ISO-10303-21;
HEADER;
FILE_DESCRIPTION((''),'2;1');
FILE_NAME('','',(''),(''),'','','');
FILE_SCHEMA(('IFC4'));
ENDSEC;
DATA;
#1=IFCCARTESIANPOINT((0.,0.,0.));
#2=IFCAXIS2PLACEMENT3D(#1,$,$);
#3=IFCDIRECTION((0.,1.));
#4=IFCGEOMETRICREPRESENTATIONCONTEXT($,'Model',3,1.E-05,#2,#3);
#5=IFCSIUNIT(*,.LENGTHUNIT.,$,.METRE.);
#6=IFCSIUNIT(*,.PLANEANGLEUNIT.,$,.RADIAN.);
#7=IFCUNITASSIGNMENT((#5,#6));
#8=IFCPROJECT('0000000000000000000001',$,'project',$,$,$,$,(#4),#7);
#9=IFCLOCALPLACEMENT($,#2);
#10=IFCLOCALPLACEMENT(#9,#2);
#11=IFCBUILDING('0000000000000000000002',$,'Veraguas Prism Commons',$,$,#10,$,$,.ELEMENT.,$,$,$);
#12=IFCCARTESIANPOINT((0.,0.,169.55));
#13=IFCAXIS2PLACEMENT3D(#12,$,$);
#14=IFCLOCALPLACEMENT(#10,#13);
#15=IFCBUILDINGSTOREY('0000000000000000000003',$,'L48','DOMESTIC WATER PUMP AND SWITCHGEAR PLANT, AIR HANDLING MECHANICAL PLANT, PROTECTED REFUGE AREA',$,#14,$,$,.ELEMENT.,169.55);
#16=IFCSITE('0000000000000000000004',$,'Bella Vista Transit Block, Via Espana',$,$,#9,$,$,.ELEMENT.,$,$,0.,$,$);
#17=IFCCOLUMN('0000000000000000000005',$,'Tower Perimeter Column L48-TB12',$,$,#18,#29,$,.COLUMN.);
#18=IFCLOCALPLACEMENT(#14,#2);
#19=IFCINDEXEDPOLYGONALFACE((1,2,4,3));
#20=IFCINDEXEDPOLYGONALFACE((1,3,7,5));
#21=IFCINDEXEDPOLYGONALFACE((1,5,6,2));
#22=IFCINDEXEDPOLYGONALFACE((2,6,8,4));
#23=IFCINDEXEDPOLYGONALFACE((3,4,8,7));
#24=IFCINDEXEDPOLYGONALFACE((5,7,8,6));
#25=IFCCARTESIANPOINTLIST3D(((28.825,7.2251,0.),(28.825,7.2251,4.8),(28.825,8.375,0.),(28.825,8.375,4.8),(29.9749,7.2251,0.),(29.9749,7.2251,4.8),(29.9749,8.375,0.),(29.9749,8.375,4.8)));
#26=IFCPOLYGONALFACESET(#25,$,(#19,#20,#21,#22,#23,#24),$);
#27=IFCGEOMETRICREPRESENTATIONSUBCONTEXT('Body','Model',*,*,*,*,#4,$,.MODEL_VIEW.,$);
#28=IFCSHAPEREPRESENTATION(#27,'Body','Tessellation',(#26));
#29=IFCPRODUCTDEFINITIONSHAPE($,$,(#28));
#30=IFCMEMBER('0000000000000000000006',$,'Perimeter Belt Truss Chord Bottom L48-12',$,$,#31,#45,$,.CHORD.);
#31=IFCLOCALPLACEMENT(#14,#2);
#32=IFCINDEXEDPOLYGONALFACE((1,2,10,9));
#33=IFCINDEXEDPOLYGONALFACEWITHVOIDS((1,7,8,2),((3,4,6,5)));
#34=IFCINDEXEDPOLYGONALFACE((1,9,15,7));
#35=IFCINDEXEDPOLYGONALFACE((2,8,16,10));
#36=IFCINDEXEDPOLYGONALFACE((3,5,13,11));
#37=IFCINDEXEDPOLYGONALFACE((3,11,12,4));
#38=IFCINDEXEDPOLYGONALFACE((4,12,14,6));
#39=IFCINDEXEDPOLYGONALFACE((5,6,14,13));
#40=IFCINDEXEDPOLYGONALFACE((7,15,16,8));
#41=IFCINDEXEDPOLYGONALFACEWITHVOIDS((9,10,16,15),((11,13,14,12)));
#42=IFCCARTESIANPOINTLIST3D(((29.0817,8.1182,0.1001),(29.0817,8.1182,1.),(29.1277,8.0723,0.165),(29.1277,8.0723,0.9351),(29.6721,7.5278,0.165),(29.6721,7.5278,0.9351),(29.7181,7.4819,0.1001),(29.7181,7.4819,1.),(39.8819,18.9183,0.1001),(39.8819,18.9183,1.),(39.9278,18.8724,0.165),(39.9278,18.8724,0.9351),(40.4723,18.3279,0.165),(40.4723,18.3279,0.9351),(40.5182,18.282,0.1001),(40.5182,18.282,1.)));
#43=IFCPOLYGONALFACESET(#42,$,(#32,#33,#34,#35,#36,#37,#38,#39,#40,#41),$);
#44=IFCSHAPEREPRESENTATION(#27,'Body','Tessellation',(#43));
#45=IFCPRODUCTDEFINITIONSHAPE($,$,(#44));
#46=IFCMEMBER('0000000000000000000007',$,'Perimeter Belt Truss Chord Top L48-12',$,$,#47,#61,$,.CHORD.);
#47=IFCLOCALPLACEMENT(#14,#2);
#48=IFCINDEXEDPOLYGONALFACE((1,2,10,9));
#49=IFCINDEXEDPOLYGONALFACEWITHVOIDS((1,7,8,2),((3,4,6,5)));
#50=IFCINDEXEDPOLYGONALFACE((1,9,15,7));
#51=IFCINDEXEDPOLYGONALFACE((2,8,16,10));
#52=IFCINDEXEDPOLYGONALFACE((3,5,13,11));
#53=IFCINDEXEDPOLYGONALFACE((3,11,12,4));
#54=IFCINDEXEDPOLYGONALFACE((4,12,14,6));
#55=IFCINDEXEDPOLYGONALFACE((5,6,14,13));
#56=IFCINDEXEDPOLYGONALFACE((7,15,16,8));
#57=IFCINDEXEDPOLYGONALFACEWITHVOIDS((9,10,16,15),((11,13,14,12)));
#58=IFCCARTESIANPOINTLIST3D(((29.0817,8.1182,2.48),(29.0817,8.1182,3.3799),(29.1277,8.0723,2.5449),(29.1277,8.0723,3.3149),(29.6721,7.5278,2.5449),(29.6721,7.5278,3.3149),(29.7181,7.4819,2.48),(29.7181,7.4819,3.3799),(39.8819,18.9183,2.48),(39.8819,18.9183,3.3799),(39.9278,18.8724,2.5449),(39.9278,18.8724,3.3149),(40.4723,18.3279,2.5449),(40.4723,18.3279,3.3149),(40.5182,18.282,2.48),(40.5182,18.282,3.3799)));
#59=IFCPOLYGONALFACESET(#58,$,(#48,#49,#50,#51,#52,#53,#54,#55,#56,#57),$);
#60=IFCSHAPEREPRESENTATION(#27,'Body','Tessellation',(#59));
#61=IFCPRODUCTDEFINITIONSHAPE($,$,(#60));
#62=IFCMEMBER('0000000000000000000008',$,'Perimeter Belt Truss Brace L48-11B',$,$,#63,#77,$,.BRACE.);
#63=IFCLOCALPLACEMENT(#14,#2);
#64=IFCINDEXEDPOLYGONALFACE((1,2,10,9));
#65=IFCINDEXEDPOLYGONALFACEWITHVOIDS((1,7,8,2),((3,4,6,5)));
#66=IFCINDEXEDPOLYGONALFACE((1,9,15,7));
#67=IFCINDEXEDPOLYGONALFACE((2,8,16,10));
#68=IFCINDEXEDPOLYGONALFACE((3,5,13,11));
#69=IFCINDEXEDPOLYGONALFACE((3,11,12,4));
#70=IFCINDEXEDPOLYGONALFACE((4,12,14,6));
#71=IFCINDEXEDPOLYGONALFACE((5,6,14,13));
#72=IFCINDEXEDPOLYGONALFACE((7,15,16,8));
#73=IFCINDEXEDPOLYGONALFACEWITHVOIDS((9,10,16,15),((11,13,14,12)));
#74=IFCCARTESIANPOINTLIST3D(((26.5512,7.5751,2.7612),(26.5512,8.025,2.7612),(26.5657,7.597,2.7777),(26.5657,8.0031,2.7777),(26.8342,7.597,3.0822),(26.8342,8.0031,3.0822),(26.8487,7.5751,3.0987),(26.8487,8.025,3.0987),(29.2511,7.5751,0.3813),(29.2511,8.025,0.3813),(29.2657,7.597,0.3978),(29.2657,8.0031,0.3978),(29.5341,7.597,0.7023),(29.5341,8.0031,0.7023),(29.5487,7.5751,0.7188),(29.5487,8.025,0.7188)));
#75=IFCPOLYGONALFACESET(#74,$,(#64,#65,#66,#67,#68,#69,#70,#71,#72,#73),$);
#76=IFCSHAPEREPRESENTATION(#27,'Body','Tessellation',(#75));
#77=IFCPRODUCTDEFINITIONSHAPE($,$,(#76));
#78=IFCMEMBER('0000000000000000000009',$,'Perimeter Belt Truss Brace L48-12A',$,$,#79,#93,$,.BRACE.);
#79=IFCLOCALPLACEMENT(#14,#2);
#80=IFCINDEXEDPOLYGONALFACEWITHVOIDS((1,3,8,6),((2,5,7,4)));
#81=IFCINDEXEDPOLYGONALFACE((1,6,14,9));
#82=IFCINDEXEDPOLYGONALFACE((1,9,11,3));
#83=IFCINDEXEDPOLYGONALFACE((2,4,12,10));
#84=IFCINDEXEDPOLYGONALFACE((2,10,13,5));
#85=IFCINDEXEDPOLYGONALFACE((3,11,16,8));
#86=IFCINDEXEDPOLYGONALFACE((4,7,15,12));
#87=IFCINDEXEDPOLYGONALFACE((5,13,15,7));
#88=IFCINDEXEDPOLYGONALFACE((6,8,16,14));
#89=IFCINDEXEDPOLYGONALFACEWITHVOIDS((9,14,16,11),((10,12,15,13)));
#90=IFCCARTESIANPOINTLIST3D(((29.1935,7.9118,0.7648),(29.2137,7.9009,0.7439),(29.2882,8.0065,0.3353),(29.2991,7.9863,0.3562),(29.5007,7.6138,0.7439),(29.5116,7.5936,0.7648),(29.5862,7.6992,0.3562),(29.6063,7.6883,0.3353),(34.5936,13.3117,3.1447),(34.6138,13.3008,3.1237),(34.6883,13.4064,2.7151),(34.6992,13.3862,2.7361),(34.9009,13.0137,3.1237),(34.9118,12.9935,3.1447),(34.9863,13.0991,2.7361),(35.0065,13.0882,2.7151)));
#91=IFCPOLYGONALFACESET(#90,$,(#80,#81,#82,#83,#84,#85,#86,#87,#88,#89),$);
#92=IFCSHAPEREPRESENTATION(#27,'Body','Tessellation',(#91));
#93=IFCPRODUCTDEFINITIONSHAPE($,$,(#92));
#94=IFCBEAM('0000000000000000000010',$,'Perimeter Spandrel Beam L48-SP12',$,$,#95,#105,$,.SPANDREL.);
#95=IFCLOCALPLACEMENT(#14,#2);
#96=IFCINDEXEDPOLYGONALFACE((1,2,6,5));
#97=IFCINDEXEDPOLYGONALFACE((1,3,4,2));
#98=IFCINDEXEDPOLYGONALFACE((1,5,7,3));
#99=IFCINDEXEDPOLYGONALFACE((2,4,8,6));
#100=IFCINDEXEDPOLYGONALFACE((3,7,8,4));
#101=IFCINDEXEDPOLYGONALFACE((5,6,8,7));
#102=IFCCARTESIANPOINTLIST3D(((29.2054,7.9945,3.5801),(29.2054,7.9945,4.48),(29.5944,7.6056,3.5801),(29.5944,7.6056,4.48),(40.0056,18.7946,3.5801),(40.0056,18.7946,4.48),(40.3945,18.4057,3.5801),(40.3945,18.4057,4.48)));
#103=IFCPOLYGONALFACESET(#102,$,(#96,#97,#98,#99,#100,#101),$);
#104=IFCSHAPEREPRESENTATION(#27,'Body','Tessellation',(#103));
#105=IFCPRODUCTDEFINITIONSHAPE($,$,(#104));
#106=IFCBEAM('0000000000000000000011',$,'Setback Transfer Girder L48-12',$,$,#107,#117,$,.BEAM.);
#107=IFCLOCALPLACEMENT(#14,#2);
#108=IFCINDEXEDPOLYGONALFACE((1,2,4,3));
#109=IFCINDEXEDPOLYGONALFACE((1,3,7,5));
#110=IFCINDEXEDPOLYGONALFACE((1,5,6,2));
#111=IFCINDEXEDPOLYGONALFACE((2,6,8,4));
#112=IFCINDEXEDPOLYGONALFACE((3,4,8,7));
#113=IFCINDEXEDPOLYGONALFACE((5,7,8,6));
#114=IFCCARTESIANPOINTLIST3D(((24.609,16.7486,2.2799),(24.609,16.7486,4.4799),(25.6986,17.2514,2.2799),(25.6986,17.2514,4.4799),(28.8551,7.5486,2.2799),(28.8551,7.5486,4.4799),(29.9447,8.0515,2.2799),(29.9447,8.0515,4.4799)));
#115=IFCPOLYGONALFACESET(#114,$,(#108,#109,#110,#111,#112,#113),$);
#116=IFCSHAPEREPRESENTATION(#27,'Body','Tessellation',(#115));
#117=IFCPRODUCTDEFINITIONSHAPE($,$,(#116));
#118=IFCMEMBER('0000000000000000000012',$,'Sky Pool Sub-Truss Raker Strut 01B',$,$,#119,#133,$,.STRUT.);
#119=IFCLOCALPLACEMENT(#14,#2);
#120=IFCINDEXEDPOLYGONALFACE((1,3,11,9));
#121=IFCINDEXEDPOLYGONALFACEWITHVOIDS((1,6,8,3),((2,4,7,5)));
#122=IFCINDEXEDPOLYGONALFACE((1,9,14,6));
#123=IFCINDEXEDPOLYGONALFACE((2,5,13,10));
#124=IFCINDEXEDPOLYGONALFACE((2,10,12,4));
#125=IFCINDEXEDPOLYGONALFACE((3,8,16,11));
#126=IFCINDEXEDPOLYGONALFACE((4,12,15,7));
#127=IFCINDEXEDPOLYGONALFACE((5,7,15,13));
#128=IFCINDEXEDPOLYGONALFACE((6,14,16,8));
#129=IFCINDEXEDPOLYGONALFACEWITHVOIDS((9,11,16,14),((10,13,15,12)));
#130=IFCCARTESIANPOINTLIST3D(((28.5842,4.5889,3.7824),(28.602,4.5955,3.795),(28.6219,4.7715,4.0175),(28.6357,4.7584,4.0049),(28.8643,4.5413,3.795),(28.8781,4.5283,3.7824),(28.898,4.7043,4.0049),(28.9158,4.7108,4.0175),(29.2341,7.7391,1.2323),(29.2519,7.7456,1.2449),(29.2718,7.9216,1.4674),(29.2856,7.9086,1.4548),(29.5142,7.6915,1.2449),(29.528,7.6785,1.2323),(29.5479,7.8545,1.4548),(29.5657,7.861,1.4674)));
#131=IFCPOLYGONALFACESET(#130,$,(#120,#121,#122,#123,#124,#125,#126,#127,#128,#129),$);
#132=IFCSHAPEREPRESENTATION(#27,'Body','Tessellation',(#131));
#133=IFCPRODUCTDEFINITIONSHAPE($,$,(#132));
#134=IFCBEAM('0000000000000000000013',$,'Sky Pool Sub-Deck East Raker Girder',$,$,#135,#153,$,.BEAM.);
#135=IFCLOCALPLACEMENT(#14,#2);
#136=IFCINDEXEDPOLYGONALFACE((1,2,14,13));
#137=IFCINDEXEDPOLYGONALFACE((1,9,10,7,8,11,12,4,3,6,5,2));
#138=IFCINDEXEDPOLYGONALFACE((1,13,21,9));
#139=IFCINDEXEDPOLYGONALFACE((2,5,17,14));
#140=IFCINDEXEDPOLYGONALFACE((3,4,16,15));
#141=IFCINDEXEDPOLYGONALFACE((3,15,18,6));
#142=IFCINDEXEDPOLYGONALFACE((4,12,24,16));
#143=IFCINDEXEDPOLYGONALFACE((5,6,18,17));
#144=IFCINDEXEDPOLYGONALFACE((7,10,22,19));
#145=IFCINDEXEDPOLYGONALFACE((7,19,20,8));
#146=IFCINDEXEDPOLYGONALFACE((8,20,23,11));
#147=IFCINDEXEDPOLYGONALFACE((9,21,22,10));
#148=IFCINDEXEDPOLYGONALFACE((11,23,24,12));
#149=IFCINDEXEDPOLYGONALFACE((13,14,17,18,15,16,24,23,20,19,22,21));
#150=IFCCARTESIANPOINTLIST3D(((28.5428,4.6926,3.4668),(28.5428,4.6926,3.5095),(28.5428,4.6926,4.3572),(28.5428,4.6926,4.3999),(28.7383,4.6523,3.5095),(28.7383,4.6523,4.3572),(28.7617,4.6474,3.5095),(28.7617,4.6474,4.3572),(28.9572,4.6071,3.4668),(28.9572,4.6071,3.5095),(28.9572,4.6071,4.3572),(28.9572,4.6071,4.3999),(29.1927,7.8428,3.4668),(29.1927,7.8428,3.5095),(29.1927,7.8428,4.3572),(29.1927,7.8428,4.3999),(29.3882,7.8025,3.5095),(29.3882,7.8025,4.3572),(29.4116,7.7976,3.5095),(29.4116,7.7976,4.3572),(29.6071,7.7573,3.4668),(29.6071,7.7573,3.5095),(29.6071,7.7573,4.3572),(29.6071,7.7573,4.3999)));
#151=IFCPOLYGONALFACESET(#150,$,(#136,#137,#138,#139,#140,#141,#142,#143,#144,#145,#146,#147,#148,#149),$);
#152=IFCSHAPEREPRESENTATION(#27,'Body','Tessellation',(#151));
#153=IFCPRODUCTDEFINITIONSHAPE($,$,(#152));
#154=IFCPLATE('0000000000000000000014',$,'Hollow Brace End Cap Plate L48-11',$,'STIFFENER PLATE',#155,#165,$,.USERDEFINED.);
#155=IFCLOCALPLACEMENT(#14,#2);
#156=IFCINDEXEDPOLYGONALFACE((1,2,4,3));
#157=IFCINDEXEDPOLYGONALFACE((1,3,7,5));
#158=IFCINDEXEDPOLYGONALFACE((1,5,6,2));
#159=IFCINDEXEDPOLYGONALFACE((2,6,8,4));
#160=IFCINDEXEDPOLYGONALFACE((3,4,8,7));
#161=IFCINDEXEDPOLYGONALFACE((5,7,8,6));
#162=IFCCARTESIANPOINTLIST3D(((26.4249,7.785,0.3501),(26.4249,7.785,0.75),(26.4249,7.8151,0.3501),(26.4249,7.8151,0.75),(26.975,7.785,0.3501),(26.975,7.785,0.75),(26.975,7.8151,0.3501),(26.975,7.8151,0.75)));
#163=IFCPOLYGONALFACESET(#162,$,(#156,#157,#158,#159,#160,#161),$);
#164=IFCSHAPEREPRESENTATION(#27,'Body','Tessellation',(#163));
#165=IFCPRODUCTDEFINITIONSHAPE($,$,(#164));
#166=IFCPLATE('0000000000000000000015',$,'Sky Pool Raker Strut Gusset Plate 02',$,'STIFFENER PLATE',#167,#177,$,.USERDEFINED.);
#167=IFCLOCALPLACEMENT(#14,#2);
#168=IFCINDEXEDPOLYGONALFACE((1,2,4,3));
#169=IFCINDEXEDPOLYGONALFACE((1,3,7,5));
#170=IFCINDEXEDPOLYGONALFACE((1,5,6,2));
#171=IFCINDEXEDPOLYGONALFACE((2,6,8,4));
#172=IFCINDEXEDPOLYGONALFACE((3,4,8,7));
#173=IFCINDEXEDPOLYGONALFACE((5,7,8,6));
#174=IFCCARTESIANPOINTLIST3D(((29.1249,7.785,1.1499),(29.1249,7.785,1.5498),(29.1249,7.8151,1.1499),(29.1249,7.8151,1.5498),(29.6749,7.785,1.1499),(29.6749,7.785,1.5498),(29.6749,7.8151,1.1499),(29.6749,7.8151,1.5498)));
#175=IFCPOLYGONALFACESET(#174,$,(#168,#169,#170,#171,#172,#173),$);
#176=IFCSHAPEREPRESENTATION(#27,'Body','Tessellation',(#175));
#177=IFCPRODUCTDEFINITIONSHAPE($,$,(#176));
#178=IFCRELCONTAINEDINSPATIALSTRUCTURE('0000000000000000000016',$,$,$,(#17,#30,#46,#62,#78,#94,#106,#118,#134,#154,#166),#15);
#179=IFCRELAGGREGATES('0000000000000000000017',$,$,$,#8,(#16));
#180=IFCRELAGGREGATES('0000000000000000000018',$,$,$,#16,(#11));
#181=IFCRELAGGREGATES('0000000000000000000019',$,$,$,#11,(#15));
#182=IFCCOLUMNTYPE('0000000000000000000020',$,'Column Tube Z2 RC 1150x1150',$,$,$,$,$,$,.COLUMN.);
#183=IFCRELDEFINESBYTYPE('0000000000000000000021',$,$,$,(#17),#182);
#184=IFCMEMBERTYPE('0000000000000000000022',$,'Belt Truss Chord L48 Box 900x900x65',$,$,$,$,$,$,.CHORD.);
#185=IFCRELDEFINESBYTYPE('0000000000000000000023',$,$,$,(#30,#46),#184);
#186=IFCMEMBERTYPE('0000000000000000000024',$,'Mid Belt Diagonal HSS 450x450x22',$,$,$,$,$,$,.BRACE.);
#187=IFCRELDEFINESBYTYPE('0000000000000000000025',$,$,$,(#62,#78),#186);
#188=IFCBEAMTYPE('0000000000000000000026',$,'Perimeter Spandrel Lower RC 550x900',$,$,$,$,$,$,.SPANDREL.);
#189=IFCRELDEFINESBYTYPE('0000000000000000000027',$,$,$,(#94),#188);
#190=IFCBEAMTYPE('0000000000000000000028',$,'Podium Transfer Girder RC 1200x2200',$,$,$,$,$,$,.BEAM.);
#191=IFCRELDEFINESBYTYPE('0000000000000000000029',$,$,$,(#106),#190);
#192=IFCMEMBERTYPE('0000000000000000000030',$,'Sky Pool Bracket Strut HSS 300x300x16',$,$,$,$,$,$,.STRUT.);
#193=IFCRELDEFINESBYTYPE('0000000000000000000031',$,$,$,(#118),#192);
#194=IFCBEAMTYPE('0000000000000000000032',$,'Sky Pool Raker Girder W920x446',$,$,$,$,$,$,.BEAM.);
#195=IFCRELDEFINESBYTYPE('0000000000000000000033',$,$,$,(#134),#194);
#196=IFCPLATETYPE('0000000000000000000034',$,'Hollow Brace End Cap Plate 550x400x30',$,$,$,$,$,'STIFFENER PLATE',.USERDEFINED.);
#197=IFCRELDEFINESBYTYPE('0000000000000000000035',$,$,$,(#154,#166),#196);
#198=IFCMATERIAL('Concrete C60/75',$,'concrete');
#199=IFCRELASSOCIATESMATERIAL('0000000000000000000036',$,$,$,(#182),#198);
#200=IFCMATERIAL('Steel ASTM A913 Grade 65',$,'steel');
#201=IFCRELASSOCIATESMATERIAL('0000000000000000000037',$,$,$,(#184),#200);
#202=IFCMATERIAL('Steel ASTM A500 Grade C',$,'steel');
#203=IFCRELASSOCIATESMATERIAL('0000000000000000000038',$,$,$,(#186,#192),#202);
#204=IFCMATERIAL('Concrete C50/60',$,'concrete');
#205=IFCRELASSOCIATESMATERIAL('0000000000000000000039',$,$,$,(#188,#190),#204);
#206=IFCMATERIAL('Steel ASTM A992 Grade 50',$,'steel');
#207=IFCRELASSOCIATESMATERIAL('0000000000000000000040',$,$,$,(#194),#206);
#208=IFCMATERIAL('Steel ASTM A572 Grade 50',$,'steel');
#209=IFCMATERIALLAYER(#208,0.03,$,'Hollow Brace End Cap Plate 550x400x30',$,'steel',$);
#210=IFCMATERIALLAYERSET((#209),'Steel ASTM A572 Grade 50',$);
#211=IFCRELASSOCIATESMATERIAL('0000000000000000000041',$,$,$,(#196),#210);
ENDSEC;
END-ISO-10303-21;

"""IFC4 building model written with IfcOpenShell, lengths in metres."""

from ifc_helpers import new_model, si_unit, direction, frame, origin, origin_2d, place, context, subcontext, project, spatial, rectangle, hollow_rectangle, i_section, extrude, source, transform, mapped, material, layer, layer_set, material_profile, profile_set, type_object, element, save


model = new_model("IFC4")

# Units and contexts
model_context = context("Model", 3, precision=1e-05, world=origin(), true_north=direction((0.0, 1.0)))
body_context = subcontext(model_context, "Body", "Model", "MODEL_VIEW")
ifc_project = project(units=[si_unit("LENGTHUNIT", "METRE"), si_unit("PLANEANGLEUNIT", "RADIAN")], contexts=[model_context])

# Site, building, storey
site_placement = place(None, origin())
site = spatial("IfcSite", under=ifc_project, at=site_placement, Name="Bella Vista Transit Block, Via Espana", CompositionType="ELEMENT", RefElevation=0.0)
building_placement = place(site_placement, origin())
building = spatial("IfcBuilding", under=site, at=building_placement, Name="Veraguas Prism Commons", CompositionType="ELEMENT")
storey_placement = place(building_placement, frame((0.0, 0.0, 169.55)))
storey = spatial("IfcBuildingStorey", under=building, at=storey_placement, Name="L48", Description="DOMESTIC WATER PUMP AND SWITCHGEAR PLANT, AIR HANDLING MECHANICAL PLANT, PROTECTED REFUGE AREA", CompositionType="ELEMENT", Elevation=169.55)

# Column
ifc_material_1 = material(Name="Concrete C60/75", Category="concrete")
ifc_material_profile_1 = material_profile(ifc_material_1, rectangle(XDim=1.1499, YDim=1.1499, at=origin_2d()), Name="RC1150X1150")
ifc_profile_set_1 = profile_set([ifc_material_profile_1], Name="Concrete C60/75")
column_type = type_object("IfcColumnType", Name="Column Tube Z2 RC 1150x1150", PredefinedType="COLUMN", material=ifc_profile_set_1)
column_placement = place(storey_placement, frame((29.3999, 7.8, 0.0), z_axis=(0.0, 0.0, 1.0), x_axis=(1.0, 0.0, 0.0)))
element("IfcColumn", 1, at=column_placement, inside=storey, type_object=column_type, Name="Tower Perimeter Column L48-TB12", PredefinedType="COLUMN", context=body_context, shape_type="SweptSolid", body=[
    extrude(rectangle(XDim=1.1499, YDim=1.1499, at=origin_2d()), origin(), (0.0, 0.0, 1.0), 4.8),
])

# Members
ifc_material_2 = material(Name="Steel ASTM A913 Grade 65", Category="steel")
ifc_material_profile_2 = material_profile(ifc_material_2, hollow_rectangle(XDim=0.8999, YDim=0.8999, WallThickness=0.0649, at=origin_2d()), Name="BOX900X900X65")
ifc_profile_set_2 = profile_set([ifc_material_profile_2], Name="Steel ASTM A913 Grade 65")
member_type_1 = type_object("IfcMemberType", Name="Belt Truss Chord L48 Box 900x900x65", PredefinedType="CHORD", material=ifc_profile_set_2)
for number, where, z_axis, x_axis, name in (
    (2, (29.3999, 7.8, 0.55), (0.707107, 0.707107, 0.0), (-0.707107, 0.707107, 0.0), "Perimeter Belt Truss Chord Bottom L48-12"),
    (3, (29.3999, 7.8, 2.9299), (0.707107, 0.707107, 0.0), (-0.707107, 0.707107, 0.0), "Perimeter Belt Truss Chord Top L48-12"),
):
    element("IfcMember", number, at=place(storey_placement, frame(where, z_axis=z_axis, x_axis=x_axis)), inside=storey, type_object=member_type_1, Name=name, PredefinedType="CHORD", context=body_context, shape_type="SweptSolid", body=[
        extrude(hollow_rectangle(XDim=0.8999, YDim=0.8999, WallThickness=0.0649, at=origin_2d()), origin(), (0.0, 0.0, 1.0), 15.2737),
    ])
ifc_material_3 = material(Name="Steel ASTM A500 Grade C", Category="steel")
ifc_material_profile_3 = material_profile(ifc_material_3, hollow_rectangle(XDim=0.45, YDim=0.45, WallThickness=0.022, at=origin_2d()), Name="HSS450X450X22")
ifc_profile_set_3 = profile_set([ifc_material_profile_3], Name="Steel ASTM A500 Grade C")
member_type_2 = type_object("IfcMemberType", Name="Mid Belt Diagonal HSS 450x450x22", PredefinedType="BRACE", material=ifc_profile_set_3)
member_1_placement = place(storey_placement, frame((29.3999, 7.8, 0.55), z_axis=(-0.750172, 0.0, 0.661242), x_axis=(0.0, -1.0, 0.0)))
element("IfcMember", 4, at=member_1_placement, inside=storey, type_object=member_type_2, Name="Perimeter Belt Truss Brace L48-11B", PredefinedType="BRACE", context=body_context, shape_type="SweptSolid", body=[
    extrude(hollow_rectangle(XDim=0.45, YDim=0.45, WallThickness=0.022, at=origin_2d()), origin(), (0.0, 0.0, 1.0), 3.5991),
])
member_2_placement = place(storey_placement, frame((29.3999, 7.8, 0.55), z_axis=(0.675101, 0.67507, 0.297522), x_axis=(-0.707091, 0.707123, 0.0)))
element("IfcMember", 5, at=member_2_placement, inside=storey, type_object=member_type_2, Name="Perimeter Belt Truss Brace L48-12A", PredefinedType="BRACE", context=body_context, shape_type="SweptSolid", body=[
    extrude(hollow_rectangle(XDim=0.45, YDim=0.45, WallThickness=0.022, at=origin_2d()), origin(), (0.0, 0.0, 1.0), 7.999),
])

# Beams
ifc_material_4 = material(Name="Concrete C50/60", Category="concrete")
ifc_material_profile_4 = material_profile(ifc_material_4, rectangle(XDim=0.55, YDim=0.8999, at=origin_2d()), Name="RC550X900")
ifc_profile_set_4 = profile_set([ifc_material_profile_4], Name="Concrete C50/60")
beam_type_1 = type_object("IfcBeamType", Name="Perimeter Spandrel Lower RC 550x900", PredefinedType="SPANDREL", material=ifc_profile_set_4)
beam_1_placement = place(storey_placement, frame((29.3999, 7.8, 4.03), z_axis=(0.707107, 0.707107, 0.0), x_axis=(-0.707107, 0.707107, 0.0)))
element("IfcBeam", 6, at=beam_1_placement, inside=storey, type_object=beam_type_1, Name="Perimeter Spandrel Beam L48-SP12", PredefinedType="SPANDREL", context=body_context, shape_type="SweptSolid", body=[
    extrude(rectangle(XDim=0.55, YDim=0.8999, at=origin_2d()), origin(), (0.0, 0.0, 1.0), 15.2737),
])
ifc_material_profile_5 = material_profile(ifc_material_4, rectangle(XDim=1.2, YDim=2.2, at=origin_2d()), Name="RC1200X2200")
ifc_profile_set_5 = profile_set([ifc_material_profile_5], Name="Concrete C50/60")
beam_type_2 = type_object("IfcBeamType", Name="Podium Transfer Girder RC 1200x2200", PredefinedType="BEAM", material=ifc_profile_set_5)
beam_2_placement = place(storey_placement, frame((29.3999, 7.8, 3.3799), z_axis=(-0.419055, 0.907961, 0.0), x_axis=(-0.907961, -0.419055, 0.0)))
element("IfcBeam", 7, at=beam_2_placement, inside=storey, type_object=beam_type_2, Name="Setback Transfer Girder L48-12", PredefinedType="BEAM", context=body_context, shape_type="SweptSolid", body=[
    extrude(rectangle(XDim=1.2, YDim=2.2, at=origin_2d()), origin(), (0.0, 0.0, 1.0), 10.1326),
])

# Member
ifc_material_profile_6 = material_profile(ifc_material_3, hollow_rectangle(XDim=0.3, YDim=0.3, WallThickness=0.0161, at=origin_2d()), Name="HSS300X300X16")
ifc_profile_set_6 = profile_set([ifc_material_profile_6], Name="Steel ASTM A500 Grade C")
member_type_3 = type_object("IfcMemberType", Name="Sky Pool Bracket Strut HSS 300x300x16", PredefinedType="STRUT", material=ifc_profile_set_6)
member_3_placement = place(storey_placement, frame((29.3999, 7.8, 1.3499), z_axis=(-0.158331, -0.767449, 0.621251), x_axis=(0.979375, -0.202053, 0.0)))
element("IfcMember", 8, at=member_3_placement, inside=storey, type_object=member_type_3, Name="Sky Pool Sub-Truss Raker Strut 01B", PredefinedType="STRUT", context=body_context, shape_type="SweptSolid", body=[
    extrude(hollow_rectangle(XDim=0.3, YDim=0.3, WallThickness=0.0161, at=origin_2d()), origin(), (0.0, 0.0, 1.0), 4.1047),
])

# Beam
ifc_material_5 = material(Name="Steel ASTM A992 Grade 50", Category="steel")
ifc_material_profile_7 = material_profile(ifc_material_5, i_section(OverallWidth=0.4231, OverallDepth=0.9331, WebThickness=0.0239, FlangeThickness=0.0427, at=origin_2d()), Name="W920X446")
ifc_profile_set_7 = profile_set([ifc_material_profile_7], Name="Steel ASTM A992 Grade 50")
beam_type_3 = type_object("IfcBeamType", Name="Sky Pool Raker Girder W920x446", PredefinedType="BEAM", material=ifc_profile_set_7)
beam_3_placement = place(storey_placement, frame((29.3999, 7.8, 3.9333), z_axis=(-0.202053, -0.979375, 0.0), x_axis=(0.979375, -0.202053, 0.0)))
element("IfcBeam", 9, at=beam_3_placement, inside=storey, type_object=beam_type_3, Name="Sky Pool Sub-Deck East Raker Girder", PredefinedType="BEAM", context=body_context, shape_type="SweptSolid", body=[
    extrude(i_section(OverallWidth=0.4231, OverallDepth=0.9331, WebThickness=0.0239, FlangeThickness=0.0427, at=origin_2d()), origin(), (0.0, 0.0, 1.0), 3.2166),
])

# Plates
ifc_material_6 = material(Name="Steel ASTM A572 Grade 50", Category="steel")
ifc_layer_1 = layer(ifc_material_6, 0.03, Name="Hollow Brace End Cap Plate 550x400x30", Category="steel")
ifc_layer_set_1 = layer_set([ifc_layer_1], Name="Steel ASTM A572 Grade 50")
plate_type_1 = type_object("IfcPlateType", Name="Hollow Brace End Cap Plate 550x400x30", ElementType="STIFFENER PLATE", PredefinedType="USERDEFINED", material=ifc_layer_set_1)
shared_shape_1 = source(origin(), body_context, "Body", "SweptSolid", [
    extrude(rectangle(XDim=0.55, YDim=0.03, at=origin_2d()), origin(), (0.0, 0.0, 1.0), 0.3999),
])
for number, where, z_axis, x_axis, name in (
    (10, (26.7, 7.8, 0.3501), (0.0, 0.0, 1.0), (1.0, 0.0, 0.0), "Hollow Brace End Cap Plate L48-11"),
    (11, (29.3999, 7.8, 1.1499), (0.0, 0.0, 1.0), (1.0, 0.0, 0.0), "Sky Pool Raker Strut Gusset Plate 02"),
):
    element("IfcPlate", number, at=place(storey_placement, frame(where, z_axis=z_axis, x_axis=x_axis)), inside=storey, type_object=plate_type_1, Name=name, ObjectType="STIFFENER PLATE", PredefinedType="USERDEFINED", context=body_context, shape_type="MappedRepresentation", body=[
        mapped(shared_shape_1, transform((0.0, 0.0, 0.0), scale=1.0)),
    ])

save(model, "model.ifc")
